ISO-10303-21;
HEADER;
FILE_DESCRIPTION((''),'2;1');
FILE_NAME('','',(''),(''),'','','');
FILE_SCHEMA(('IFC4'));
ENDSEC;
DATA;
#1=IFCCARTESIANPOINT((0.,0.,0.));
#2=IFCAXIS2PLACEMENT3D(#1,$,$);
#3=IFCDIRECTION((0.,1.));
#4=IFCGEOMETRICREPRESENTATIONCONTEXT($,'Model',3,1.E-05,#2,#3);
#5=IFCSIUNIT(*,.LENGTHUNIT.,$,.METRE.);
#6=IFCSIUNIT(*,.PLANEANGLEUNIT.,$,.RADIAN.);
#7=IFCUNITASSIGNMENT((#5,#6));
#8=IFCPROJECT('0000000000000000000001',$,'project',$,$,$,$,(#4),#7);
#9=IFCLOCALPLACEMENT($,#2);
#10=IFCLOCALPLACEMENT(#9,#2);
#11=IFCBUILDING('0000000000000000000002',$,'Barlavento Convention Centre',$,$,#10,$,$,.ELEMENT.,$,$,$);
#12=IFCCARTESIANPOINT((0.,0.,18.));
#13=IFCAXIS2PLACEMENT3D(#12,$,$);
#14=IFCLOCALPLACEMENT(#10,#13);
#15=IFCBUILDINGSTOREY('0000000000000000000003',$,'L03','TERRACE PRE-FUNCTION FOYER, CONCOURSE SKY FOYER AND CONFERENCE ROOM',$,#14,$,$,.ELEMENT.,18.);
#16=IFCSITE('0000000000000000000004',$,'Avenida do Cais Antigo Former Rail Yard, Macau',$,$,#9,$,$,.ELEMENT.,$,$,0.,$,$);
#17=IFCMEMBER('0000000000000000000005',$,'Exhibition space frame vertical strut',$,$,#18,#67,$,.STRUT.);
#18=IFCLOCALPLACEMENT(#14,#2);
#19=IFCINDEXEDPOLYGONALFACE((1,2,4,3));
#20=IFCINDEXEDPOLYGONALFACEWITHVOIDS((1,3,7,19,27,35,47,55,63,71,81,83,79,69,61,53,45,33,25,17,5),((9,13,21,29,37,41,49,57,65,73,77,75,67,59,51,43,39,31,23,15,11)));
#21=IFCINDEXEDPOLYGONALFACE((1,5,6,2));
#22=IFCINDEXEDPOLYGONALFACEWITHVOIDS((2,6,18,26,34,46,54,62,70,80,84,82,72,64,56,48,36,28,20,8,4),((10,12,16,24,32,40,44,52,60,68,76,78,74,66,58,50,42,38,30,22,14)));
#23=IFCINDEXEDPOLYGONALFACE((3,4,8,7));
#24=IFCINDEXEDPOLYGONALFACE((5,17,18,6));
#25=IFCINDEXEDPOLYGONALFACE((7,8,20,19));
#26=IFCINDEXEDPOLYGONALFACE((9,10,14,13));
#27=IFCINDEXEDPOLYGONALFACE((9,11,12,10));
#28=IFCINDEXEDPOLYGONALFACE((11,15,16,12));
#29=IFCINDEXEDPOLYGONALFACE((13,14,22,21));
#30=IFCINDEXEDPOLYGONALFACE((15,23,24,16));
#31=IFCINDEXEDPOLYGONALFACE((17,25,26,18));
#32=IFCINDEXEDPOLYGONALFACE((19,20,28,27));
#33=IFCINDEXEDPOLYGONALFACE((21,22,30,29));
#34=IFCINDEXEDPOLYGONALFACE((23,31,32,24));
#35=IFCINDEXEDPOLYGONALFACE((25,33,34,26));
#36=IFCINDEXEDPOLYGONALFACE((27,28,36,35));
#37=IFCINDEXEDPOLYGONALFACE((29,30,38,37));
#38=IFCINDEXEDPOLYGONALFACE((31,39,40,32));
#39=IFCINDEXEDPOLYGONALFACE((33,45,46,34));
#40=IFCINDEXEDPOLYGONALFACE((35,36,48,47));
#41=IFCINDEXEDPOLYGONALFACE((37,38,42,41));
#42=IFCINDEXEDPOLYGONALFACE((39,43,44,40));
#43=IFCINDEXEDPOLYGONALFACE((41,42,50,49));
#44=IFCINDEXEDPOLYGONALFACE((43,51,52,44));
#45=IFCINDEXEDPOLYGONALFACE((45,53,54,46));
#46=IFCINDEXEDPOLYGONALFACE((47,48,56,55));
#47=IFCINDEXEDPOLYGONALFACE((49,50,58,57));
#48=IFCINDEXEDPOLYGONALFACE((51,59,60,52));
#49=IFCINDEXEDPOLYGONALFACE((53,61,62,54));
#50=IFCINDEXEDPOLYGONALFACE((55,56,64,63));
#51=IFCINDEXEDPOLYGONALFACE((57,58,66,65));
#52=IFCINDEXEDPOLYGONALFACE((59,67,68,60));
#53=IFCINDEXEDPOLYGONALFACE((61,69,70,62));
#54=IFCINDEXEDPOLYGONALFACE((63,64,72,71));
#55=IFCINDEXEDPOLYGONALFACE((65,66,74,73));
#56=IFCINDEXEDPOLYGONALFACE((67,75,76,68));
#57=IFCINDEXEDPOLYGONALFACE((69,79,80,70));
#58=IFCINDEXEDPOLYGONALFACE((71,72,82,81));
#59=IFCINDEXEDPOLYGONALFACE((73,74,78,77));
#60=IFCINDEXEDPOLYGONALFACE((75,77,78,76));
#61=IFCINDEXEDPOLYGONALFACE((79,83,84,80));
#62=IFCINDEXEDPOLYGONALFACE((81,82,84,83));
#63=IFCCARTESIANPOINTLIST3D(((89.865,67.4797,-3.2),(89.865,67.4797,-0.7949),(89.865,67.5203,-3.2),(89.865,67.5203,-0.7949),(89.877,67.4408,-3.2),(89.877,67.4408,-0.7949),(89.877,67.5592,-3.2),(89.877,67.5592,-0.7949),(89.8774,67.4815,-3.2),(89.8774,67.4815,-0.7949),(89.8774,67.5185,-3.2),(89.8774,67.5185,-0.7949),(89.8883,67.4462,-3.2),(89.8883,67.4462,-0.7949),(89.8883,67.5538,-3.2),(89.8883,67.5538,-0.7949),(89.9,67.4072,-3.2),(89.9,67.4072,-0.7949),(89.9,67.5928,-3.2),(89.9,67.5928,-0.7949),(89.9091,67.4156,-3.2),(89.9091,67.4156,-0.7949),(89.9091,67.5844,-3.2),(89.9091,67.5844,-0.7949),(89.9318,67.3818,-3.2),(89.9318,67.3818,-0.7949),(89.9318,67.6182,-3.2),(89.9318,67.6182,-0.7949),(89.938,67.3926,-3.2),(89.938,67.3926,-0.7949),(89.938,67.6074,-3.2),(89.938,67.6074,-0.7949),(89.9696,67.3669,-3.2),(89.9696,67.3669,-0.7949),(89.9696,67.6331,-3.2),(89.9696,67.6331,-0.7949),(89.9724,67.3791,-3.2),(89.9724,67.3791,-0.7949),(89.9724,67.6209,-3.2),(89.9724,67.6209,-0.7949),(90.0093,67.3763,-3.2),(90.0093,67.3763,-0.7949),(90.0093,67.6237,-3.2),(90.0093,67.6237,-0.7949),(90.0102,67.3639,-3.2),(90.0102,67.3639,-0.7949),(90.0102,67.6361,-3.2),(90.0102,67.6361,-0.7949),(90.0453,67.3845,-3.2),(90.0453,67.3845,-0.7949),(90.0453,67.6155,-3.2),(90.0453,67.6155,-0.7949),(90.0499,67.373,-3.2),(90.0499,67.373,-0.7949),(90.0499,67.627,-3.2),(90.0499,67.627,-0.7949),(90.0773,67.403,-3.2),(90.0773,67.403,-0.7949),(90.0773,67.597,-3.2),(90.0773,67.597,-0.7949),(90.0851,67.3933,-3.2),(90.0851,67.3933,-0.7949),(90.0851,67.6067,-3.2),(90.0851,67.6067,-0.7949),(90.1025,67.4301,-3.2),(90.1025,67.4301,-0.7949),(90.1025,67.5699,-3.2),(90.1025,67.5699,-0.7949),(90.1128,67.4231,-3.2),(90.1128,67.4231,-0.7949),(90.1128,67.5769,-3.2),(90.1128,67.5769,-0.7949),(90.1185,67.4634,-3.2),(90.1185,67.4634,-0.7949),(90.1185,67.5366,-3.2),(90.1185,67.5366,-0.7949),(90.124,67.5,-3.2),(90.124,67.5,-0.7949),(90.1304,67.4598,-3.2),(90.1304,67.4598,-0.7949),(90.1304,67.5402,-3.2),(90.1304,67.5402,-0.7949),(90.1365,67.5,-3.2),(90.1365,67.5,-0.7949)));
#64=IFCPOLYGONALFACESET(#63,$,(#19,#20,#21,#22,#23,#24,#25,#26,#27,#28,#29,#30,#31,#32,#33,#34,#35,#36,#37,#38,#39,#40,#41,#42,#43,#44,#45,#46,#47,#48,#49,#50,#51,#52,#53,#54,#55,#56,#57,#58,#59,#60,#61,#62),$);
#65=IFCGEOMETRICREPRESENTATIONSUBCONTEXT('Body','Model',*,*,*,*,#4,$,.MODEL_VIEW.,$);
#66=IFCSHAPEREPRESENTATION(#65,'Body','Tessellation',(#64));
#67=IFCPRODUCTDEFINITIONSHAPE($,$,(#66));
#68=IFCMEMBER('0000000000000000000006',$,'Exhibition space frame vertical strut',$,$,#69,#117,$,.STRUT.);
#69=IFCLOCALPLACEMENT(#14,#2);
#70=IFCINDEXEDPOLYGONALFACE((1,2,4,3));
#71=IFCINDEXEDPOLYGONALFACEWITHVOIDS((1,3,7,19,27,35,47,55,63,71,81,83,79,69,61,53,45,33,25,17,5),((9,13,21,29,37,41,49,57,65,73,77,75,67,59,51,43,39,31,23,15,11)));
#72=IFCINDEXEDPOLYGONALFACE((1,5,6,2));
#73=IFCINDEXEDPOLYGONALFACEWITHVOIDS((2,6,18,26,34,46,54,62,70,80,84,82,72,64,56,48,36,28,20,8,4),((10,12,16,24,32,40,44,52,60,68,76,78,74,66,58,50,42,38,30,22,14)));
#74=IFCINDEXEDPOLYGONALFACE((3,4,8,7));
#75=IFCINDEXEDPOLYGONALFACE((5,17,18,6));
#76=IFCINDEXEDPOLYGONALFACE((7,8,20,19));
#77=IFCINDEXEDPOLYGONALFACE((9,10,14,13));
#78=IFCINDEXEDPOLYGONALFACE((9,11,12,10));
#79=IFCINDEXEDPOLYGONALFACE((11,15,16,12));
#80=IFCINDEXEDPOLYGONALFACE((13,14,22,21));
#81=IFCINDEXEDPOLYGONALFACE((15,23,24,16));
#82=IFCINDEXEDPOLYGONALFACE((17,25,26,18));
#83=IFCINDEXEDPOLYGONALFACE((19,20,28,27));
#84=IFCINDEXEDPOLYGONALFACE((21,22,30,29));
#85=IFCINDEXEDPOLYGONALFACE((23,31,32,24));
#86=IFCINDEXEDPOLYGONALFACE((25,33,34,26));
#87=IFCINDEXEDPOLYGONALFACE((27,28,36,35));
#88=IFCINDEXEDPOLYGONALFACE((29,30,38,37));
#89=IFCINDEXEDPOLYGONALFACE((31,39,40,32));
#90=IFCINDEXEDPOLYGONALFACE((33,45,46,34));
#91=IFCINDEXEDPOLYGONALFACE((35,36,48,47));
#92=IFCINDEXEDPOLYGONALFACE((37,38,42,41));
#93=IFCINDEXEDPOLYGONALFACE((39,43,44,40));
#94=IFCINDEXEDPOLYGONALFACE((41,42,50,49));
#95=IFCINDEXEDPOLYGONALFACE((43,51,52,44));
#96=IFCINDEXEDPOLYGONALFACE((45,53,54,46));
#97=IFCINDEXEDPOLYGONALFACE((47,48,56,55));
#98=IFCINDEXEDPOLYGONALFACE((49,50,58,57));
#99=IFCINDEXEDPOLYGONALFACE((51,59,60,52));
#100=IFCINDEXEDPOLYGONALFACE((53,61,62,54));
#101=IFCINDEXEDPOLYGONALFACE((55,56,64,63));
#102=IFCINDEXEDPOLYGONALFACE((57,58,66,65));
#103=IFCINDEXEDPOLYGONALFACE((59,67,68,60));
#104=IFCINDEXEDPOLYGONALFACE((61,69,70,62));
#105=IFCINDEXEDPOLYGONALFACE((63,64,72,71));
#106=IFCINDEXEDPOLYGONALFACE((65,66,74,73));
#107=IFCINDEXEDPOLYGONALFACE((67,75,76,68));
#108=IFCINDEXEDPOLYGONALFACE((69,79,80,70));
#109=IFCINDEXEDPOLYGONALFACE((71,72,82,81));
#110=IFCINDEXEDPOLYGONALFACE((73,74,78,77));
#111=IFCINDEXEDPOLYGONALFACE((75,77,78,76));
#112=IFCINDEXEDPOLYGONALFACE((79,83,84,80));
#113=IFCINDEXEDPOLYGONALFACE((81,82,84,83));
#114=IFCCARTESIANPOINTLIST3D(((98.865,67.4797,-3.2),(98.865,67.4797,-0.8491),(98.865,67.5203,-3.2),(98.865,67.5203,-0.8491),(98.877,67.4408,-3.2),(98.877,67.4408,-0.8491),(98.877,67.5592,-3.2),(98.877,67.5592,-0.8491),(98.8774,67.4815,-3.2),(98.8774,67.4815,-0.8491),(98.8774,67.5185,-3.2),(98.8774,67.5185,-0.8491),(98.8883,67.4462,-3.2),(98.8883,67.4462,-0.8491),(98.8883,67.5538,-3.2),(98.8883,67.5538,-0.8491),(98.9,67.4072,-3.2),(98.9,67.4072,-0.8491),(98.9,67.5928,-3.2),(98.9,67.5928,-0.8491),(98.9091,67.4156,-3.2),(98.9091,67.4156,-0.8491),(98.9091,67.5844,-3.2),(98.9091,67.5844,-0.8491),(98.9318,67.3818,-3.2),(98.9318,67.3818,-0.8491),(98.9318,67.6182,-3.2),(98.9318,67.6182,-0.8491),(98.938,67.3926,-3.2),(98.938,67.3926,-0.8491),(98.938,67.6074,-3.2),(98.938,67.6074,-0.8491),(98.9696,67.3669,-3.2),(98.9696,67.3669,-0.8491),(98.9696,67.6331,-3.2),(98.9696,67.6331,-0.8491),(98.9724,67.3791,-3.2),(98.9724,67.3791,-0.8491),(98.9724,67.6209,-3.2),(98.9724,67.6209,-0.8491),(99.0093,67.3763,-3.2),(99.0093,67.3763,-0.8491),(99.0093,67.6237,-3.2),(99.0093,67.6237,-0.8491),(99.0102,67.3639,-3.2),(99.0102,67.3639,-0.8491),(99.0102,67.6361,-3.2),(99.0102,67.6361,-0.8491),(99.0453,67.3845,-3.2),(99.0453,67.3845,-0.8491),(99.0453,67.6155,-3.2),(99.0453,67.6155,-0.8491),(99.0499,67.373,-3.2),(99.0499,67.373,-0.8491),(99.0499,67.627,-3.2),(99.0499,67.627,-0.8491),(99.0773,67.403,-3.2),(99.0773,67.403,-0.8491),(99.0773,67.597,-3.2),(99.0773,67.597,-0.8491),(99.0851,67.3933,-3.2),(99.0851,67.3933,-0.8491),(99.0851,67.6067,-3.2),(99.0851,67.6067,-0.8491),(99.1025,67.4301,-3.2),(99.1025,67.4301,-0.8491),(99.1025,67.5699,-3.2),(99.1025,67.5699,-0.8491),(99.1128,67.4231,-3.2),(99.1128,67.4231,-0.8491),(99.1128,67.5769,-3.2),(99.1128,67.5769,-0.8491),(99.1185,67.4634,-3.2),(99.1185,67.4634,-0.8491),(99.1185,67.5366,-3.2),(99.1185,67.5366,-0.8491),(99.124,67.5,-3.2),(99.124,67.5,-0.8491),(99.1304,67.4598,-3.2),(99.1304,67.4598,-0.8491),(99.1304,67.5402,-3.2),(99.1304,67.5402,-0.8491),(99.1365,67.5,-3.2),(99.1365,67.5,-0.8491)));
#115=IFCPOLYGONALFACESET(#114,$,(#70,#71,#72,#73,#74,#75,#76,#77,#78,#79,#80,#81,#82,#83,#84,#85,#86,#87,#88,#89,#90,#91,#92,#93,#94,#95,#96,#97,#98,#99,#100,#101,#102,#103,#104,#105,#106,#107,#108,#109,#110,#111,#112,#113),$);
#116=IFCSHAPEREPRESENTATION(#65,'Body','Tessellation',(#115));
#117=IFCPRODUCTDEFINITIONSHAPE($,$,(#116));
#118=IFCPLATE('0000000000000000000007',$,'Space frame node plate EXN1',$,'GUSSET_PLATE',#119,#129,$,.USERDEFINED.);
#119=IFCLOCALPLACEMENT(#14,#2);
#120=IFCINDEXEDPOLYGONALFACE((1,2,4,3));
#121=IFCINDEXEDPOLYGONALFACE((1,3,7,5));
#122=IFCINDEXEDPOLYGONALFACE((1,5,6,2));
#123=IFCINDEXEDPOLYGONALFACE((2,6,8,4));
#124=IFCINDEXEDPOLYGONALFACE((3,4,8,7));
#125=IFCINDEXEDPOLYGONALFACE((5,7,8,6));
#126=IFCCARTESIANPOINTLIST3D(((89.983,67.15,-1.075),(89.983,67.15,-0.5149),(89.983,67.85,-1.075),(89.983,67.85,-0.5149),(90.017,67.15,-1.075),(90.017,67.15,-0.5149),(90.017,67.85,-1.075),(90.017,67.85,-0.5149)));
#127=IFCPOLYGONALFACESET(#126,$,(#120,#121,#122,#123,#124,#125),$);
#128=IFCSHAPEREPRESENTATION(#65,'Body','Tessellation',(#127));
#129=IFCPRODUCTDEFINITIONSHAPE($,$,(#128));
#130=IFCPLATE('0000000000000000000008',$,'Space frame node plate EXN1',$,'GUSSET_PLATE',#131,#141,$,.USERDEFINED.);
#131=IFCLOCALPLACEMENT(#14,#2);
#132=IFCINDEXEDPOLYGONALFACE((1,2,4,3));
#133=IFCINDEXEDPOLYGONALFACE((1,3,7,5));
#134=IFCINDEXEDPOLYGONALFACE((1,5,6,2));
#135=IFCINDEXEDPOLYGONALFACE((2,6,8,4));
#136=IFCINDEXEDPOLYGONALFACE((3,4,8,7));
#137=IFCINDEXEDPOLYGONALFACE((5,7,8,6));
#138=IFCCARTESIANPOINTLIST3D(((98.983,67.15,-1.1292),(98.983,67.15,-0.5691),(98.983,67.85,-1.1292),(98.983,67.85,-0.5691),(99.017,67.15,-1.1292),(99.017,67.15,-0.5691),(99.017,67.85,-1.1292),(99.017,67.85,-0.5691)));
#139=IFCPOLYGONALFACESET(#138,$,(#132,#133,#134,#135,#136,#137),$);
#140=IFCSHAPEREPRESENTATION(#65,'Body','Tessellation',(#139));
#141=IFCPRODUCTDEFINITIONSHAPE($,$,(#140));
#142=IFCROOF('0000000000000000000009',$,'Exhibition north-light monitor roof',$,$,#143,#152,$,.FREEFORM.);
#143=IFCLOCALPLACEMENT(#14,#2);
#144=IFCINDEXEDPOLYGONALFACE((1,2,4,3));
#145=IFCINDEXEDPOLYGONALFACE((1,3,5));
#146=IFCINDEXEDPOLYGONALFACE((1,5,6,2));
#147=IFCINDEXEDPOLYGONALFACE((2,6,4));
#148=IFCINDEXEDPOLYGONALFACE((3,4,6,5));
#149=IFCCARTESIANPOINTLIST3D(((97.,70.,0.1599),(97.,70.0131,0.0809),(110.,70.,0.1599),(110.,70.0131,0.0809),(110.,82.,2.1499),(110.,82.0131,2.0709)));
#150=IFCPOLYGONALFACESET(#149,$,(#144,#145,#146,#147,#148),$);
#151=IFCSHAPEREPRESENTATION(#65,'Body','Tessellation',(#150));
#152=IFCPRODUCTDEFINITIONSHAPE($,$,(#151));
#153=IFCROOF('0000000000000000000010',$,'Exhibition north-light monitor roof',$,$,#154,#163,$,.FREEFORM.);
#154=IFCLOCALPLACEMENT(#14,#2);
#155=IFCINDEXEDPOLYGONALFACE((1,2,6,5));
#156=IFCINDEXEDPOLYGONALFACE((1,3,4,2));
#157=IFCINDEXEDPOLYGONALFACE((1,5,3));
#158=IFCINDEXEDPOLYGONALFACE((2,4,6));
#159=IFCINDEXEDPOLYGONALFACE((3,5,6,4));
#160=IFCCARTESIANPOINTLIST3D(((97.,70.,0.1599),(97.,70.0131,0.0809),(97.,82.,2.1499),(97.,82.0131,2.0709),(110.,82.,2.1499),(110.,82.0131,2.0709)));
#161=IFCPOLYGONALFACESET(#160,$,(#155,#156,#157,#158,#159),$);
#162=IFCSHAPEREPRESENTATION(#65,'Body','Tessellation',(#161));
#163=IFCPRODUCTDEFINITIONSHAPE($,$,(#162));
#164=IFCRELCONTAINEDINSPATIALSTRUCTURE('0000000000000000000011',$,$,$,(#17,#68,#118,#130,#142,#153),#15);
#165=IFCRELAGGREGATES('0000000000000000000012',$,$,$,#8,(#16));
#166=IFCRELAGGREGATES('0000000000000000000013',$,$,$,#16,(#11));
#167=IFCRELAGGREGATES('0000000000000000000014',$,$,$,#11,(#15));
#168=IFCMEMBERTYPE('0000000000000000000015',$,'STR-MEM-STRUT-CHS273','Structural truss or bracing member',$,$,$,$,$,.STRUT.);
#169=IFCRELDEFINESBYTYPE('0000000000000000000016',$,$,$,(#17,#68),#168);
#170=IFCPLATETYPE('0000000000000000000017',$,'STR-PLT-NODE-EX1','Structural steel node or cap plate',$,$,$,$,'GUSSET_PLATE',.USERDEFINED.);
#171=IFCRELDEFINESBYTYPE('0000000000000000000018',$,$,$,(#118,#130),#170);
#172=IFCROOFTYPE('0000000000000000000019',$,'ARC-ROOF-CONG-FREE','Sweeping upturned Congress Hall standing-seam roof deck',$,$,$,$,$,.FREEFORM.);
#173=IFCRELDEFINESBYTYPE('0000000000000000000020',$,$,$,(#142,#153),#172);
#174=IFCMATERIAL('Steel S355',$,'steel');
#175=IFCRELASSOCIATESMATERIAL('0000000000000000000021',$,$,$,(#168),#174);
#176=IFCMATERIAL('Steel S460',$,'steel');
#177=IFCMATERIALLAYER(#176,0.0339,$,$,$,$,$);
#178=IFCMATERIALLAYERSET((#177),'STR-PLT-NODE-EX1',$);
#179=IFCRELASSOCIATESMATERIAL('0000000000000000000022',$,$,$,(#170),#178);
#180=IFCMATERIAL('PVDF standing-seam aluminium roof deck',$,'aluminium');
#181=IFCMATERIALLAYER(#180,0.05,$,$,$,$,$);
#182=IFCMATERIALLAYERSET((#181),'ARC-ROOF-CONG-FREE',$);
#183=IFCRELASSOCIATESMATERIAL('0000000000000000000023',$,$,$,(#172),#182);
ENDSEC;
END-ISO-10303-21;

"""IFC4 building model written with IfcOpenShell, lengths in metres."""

from ifc_helpers import new_model, si_unit, direction, frame, origin, origin_2d, place, context, subcontext, project, spatial, polyline, rectangle, hollow_circle, outline, extrude, material, layer, layer_set, material_profile, profile_set, type_object, element, save


model = new_model("IFC4")

# Units and contexts
model_context = context("Model", 3, precision=1e-05, world=origin(), true_north=direction((0.0, 1.0)))
body_context = subcontext(model_context, "Body", "Model", "MODEL_VIEW")
ifc_project = project(units=[si_unit("LENGTHUNIT", "METRE"), si_unit("PLANEANGLEUNIT", "RADIAN")], contexts=[model_context])

# Site, building, storey
site_placement = place(None, origin())
site = spatial("IfcSite", under=ifc_project, at=site_placement, Name="Avenida do Cais Antigo Former Rail Yard, Macau", CompositionType="ELEMENT", RefElevation=0.0)
building_placement = place(site_placement, origin())
building = spatial("IfcBuilding", under=site, at=building_placement, Name="Barlavento Convention Centre", CompositionType="ELEMENT")
storey_placement = place(building_placement, frame((0.0, 0.0, 18.0)))
storey = spatial("IfcBuildingStorey", under=building, at=storey_placement, Name="L03", Description="TERRACE PRE-FUNCTION FOYER, CONCOURSE SKY FOYER AND CONFERENCE ROOM", CompositionType="ELEMENT", Elevation=18.0)

# Shared definitions
ifc_material_1 = material(Name="Steel S460", Category="steel")
ifc_material_2 = material(Name="Steel S355", Category="steel")

# Members
ifc_material_profile_1 = material_profile(ifc_material_2, hollow_circle(Radius=0.1365, WallThickness=0.0125, at=origin_2d()), Name="CHS 273.0x12.5")
ifc_profile_set_1 = profile_set([ifc_material_profile_1], Name="Steel S355")
member_type_1 = type_object("IfcMemberType", Name="STR-MEM-STRUT-CHS273", Description="Structural truss or bracing member", PredefinedType="STRUT", material=ifc_profile_set_1)
member_1_placement = place(storey_placement, frame((90.0, 67.5, -3.2), z_axis=(0.0, 0.0, 1.0), x_axis=(1.0, 0.0, 0.0)))
element("IfcMember", 1, at=member_1_placement, inside=storey, type_object=member_type_1, Name="Exhibition space frame vertical strut", PredefinedType="STRUT", context=body_context, shape_type="SweptSolid", body=[
    extrude(hollow_circle(Radius=0.1365, WallThickness=0.0125, at=origin_2d()), origin(), (0.0, 0.0, 1.0), 2.405),
])
member_2_placement = place(storey_placement, frame((99.0, 67.5, -3.2), z_axis=(0.0, 0.0, 1.0), x_axis=(1.0, 0.0, 0.0)))
element("IfcMember", 2, at=member_2_placement, inside=storey, type_object=member_type_1, Name="Exhibition space frame vertical strut", PredefinedType="STRUT", context=body_context, shape_type="SweptSolid", body=[
    extrude(hollow_circle(Radius=0.1365, WallThickness=0.0125, at=origin_2d()), origin(), (0.0, 0.0, 1.0), 2.3508),
])

# Plates
ifc_layer_1 = layer(ifc_material_1, 0.0339)
ifc_layer_set_1 = layer_set([ifc_layer_1], Name="STR-PLT-NODE-EX1")
plate_type = type_object("IfcPlateType", Name="STR-PLT-NODE-EX1", Description="Structural steel node or cap plate", ElementType="GUSSET_PLATE", PredefinedType="USERDEFINED", material=ifc_layer_set_1)
for number, where, z_axis, x_axis, name in (
    (3, (90.0, 67.5, -1.075), (0.0, 0.0, 1.0), (1.0, 0.0, 0.0), "Space frame node plate EXN1"),
    (4, (99.0, 67.5, -1.1292), (0.0, 0.0, 1.0), (1.0, 0.0, 0.0), "Space frame node plate EXN1"),
):
    element("IfcPlate", number, at=place(storey_placement, frame(where, z_axis=z_axis, x_axis=x_axis)), inside=storey, type_object=plate_type, Name=name, ObjectType="GUSSET_PLATE", PredefinedType="USERDEFINED", context=body_context, shape_type="SweptSolid", body=[
        extrude(rectangle(XDim=0.0339, YDim=0.7, at=origin_2d()), origin(), (0.0, 0.0, 1.0), 0.5601),
    ])

# Roofs
ifc_material_3 = material(Name="PVDF standing-seam aluminium roof deck", Category="aluminium")
ifc_layer_2 = layer(ifc_material_3, 0.05)
ifc_layer_set_2 = layer_set([ifc_layer_2], Name="ARC-ROOF-CONG-FREE")
roof_type = type_object("IfcRoofType", Name="ARC-ROOF-CONG-FREE", Description="Sweeping upturned Congress Hall standing-seam roof deck", PredefinedType="FREEFORM", material=ifc_layer_set_2)
roof_1_placement = place(storey_placement, frame((97.0, 70.0, 0.1599), z_axis=(0.0, -0.163598, 0.986527), x_axis=(1.0, 0.0, 0.0)))
element("IfcRoof", 5, at=roof_1_placement, inside=storey, type_object=roof_type, Name="Exhibition north-light monitor roof", PredefinedType="FREEFORM", context=body_context, shape_type="SweptSolid", body=[
    extrude(outline(polyline([(0.0, 0.0), (13.0, 0.0), (13.0, 12.1639), (0.0, 0.0)])), origin(), (0.0, 0.0, -1.0), 0.0801),
])
roof_2_placement = place(storey_placement, frame((97.0, 70.0, 0.1599), z_axis=(0.0, -0.163598, 0.986527), x_axis=(0.730199, 0.67403, 0.111776)))
element("IfcRoof", 6, at=roof_2_placement, inside=storey, type_object=roof_type, Name="Exhibition north-light monitor roof", PredefinedType="FREEFORM", context=body_context, shape_type="SweptSolid", body=[
    extrude(outline(polyline([(0.0, 0.0), (17.8034, 0.0), (8.3108, 8.8821), (0.0, 0.0)])), origin(), (0.0, 0.0, -1.0), 0.0801),
])

save(model, "model.ifc")
